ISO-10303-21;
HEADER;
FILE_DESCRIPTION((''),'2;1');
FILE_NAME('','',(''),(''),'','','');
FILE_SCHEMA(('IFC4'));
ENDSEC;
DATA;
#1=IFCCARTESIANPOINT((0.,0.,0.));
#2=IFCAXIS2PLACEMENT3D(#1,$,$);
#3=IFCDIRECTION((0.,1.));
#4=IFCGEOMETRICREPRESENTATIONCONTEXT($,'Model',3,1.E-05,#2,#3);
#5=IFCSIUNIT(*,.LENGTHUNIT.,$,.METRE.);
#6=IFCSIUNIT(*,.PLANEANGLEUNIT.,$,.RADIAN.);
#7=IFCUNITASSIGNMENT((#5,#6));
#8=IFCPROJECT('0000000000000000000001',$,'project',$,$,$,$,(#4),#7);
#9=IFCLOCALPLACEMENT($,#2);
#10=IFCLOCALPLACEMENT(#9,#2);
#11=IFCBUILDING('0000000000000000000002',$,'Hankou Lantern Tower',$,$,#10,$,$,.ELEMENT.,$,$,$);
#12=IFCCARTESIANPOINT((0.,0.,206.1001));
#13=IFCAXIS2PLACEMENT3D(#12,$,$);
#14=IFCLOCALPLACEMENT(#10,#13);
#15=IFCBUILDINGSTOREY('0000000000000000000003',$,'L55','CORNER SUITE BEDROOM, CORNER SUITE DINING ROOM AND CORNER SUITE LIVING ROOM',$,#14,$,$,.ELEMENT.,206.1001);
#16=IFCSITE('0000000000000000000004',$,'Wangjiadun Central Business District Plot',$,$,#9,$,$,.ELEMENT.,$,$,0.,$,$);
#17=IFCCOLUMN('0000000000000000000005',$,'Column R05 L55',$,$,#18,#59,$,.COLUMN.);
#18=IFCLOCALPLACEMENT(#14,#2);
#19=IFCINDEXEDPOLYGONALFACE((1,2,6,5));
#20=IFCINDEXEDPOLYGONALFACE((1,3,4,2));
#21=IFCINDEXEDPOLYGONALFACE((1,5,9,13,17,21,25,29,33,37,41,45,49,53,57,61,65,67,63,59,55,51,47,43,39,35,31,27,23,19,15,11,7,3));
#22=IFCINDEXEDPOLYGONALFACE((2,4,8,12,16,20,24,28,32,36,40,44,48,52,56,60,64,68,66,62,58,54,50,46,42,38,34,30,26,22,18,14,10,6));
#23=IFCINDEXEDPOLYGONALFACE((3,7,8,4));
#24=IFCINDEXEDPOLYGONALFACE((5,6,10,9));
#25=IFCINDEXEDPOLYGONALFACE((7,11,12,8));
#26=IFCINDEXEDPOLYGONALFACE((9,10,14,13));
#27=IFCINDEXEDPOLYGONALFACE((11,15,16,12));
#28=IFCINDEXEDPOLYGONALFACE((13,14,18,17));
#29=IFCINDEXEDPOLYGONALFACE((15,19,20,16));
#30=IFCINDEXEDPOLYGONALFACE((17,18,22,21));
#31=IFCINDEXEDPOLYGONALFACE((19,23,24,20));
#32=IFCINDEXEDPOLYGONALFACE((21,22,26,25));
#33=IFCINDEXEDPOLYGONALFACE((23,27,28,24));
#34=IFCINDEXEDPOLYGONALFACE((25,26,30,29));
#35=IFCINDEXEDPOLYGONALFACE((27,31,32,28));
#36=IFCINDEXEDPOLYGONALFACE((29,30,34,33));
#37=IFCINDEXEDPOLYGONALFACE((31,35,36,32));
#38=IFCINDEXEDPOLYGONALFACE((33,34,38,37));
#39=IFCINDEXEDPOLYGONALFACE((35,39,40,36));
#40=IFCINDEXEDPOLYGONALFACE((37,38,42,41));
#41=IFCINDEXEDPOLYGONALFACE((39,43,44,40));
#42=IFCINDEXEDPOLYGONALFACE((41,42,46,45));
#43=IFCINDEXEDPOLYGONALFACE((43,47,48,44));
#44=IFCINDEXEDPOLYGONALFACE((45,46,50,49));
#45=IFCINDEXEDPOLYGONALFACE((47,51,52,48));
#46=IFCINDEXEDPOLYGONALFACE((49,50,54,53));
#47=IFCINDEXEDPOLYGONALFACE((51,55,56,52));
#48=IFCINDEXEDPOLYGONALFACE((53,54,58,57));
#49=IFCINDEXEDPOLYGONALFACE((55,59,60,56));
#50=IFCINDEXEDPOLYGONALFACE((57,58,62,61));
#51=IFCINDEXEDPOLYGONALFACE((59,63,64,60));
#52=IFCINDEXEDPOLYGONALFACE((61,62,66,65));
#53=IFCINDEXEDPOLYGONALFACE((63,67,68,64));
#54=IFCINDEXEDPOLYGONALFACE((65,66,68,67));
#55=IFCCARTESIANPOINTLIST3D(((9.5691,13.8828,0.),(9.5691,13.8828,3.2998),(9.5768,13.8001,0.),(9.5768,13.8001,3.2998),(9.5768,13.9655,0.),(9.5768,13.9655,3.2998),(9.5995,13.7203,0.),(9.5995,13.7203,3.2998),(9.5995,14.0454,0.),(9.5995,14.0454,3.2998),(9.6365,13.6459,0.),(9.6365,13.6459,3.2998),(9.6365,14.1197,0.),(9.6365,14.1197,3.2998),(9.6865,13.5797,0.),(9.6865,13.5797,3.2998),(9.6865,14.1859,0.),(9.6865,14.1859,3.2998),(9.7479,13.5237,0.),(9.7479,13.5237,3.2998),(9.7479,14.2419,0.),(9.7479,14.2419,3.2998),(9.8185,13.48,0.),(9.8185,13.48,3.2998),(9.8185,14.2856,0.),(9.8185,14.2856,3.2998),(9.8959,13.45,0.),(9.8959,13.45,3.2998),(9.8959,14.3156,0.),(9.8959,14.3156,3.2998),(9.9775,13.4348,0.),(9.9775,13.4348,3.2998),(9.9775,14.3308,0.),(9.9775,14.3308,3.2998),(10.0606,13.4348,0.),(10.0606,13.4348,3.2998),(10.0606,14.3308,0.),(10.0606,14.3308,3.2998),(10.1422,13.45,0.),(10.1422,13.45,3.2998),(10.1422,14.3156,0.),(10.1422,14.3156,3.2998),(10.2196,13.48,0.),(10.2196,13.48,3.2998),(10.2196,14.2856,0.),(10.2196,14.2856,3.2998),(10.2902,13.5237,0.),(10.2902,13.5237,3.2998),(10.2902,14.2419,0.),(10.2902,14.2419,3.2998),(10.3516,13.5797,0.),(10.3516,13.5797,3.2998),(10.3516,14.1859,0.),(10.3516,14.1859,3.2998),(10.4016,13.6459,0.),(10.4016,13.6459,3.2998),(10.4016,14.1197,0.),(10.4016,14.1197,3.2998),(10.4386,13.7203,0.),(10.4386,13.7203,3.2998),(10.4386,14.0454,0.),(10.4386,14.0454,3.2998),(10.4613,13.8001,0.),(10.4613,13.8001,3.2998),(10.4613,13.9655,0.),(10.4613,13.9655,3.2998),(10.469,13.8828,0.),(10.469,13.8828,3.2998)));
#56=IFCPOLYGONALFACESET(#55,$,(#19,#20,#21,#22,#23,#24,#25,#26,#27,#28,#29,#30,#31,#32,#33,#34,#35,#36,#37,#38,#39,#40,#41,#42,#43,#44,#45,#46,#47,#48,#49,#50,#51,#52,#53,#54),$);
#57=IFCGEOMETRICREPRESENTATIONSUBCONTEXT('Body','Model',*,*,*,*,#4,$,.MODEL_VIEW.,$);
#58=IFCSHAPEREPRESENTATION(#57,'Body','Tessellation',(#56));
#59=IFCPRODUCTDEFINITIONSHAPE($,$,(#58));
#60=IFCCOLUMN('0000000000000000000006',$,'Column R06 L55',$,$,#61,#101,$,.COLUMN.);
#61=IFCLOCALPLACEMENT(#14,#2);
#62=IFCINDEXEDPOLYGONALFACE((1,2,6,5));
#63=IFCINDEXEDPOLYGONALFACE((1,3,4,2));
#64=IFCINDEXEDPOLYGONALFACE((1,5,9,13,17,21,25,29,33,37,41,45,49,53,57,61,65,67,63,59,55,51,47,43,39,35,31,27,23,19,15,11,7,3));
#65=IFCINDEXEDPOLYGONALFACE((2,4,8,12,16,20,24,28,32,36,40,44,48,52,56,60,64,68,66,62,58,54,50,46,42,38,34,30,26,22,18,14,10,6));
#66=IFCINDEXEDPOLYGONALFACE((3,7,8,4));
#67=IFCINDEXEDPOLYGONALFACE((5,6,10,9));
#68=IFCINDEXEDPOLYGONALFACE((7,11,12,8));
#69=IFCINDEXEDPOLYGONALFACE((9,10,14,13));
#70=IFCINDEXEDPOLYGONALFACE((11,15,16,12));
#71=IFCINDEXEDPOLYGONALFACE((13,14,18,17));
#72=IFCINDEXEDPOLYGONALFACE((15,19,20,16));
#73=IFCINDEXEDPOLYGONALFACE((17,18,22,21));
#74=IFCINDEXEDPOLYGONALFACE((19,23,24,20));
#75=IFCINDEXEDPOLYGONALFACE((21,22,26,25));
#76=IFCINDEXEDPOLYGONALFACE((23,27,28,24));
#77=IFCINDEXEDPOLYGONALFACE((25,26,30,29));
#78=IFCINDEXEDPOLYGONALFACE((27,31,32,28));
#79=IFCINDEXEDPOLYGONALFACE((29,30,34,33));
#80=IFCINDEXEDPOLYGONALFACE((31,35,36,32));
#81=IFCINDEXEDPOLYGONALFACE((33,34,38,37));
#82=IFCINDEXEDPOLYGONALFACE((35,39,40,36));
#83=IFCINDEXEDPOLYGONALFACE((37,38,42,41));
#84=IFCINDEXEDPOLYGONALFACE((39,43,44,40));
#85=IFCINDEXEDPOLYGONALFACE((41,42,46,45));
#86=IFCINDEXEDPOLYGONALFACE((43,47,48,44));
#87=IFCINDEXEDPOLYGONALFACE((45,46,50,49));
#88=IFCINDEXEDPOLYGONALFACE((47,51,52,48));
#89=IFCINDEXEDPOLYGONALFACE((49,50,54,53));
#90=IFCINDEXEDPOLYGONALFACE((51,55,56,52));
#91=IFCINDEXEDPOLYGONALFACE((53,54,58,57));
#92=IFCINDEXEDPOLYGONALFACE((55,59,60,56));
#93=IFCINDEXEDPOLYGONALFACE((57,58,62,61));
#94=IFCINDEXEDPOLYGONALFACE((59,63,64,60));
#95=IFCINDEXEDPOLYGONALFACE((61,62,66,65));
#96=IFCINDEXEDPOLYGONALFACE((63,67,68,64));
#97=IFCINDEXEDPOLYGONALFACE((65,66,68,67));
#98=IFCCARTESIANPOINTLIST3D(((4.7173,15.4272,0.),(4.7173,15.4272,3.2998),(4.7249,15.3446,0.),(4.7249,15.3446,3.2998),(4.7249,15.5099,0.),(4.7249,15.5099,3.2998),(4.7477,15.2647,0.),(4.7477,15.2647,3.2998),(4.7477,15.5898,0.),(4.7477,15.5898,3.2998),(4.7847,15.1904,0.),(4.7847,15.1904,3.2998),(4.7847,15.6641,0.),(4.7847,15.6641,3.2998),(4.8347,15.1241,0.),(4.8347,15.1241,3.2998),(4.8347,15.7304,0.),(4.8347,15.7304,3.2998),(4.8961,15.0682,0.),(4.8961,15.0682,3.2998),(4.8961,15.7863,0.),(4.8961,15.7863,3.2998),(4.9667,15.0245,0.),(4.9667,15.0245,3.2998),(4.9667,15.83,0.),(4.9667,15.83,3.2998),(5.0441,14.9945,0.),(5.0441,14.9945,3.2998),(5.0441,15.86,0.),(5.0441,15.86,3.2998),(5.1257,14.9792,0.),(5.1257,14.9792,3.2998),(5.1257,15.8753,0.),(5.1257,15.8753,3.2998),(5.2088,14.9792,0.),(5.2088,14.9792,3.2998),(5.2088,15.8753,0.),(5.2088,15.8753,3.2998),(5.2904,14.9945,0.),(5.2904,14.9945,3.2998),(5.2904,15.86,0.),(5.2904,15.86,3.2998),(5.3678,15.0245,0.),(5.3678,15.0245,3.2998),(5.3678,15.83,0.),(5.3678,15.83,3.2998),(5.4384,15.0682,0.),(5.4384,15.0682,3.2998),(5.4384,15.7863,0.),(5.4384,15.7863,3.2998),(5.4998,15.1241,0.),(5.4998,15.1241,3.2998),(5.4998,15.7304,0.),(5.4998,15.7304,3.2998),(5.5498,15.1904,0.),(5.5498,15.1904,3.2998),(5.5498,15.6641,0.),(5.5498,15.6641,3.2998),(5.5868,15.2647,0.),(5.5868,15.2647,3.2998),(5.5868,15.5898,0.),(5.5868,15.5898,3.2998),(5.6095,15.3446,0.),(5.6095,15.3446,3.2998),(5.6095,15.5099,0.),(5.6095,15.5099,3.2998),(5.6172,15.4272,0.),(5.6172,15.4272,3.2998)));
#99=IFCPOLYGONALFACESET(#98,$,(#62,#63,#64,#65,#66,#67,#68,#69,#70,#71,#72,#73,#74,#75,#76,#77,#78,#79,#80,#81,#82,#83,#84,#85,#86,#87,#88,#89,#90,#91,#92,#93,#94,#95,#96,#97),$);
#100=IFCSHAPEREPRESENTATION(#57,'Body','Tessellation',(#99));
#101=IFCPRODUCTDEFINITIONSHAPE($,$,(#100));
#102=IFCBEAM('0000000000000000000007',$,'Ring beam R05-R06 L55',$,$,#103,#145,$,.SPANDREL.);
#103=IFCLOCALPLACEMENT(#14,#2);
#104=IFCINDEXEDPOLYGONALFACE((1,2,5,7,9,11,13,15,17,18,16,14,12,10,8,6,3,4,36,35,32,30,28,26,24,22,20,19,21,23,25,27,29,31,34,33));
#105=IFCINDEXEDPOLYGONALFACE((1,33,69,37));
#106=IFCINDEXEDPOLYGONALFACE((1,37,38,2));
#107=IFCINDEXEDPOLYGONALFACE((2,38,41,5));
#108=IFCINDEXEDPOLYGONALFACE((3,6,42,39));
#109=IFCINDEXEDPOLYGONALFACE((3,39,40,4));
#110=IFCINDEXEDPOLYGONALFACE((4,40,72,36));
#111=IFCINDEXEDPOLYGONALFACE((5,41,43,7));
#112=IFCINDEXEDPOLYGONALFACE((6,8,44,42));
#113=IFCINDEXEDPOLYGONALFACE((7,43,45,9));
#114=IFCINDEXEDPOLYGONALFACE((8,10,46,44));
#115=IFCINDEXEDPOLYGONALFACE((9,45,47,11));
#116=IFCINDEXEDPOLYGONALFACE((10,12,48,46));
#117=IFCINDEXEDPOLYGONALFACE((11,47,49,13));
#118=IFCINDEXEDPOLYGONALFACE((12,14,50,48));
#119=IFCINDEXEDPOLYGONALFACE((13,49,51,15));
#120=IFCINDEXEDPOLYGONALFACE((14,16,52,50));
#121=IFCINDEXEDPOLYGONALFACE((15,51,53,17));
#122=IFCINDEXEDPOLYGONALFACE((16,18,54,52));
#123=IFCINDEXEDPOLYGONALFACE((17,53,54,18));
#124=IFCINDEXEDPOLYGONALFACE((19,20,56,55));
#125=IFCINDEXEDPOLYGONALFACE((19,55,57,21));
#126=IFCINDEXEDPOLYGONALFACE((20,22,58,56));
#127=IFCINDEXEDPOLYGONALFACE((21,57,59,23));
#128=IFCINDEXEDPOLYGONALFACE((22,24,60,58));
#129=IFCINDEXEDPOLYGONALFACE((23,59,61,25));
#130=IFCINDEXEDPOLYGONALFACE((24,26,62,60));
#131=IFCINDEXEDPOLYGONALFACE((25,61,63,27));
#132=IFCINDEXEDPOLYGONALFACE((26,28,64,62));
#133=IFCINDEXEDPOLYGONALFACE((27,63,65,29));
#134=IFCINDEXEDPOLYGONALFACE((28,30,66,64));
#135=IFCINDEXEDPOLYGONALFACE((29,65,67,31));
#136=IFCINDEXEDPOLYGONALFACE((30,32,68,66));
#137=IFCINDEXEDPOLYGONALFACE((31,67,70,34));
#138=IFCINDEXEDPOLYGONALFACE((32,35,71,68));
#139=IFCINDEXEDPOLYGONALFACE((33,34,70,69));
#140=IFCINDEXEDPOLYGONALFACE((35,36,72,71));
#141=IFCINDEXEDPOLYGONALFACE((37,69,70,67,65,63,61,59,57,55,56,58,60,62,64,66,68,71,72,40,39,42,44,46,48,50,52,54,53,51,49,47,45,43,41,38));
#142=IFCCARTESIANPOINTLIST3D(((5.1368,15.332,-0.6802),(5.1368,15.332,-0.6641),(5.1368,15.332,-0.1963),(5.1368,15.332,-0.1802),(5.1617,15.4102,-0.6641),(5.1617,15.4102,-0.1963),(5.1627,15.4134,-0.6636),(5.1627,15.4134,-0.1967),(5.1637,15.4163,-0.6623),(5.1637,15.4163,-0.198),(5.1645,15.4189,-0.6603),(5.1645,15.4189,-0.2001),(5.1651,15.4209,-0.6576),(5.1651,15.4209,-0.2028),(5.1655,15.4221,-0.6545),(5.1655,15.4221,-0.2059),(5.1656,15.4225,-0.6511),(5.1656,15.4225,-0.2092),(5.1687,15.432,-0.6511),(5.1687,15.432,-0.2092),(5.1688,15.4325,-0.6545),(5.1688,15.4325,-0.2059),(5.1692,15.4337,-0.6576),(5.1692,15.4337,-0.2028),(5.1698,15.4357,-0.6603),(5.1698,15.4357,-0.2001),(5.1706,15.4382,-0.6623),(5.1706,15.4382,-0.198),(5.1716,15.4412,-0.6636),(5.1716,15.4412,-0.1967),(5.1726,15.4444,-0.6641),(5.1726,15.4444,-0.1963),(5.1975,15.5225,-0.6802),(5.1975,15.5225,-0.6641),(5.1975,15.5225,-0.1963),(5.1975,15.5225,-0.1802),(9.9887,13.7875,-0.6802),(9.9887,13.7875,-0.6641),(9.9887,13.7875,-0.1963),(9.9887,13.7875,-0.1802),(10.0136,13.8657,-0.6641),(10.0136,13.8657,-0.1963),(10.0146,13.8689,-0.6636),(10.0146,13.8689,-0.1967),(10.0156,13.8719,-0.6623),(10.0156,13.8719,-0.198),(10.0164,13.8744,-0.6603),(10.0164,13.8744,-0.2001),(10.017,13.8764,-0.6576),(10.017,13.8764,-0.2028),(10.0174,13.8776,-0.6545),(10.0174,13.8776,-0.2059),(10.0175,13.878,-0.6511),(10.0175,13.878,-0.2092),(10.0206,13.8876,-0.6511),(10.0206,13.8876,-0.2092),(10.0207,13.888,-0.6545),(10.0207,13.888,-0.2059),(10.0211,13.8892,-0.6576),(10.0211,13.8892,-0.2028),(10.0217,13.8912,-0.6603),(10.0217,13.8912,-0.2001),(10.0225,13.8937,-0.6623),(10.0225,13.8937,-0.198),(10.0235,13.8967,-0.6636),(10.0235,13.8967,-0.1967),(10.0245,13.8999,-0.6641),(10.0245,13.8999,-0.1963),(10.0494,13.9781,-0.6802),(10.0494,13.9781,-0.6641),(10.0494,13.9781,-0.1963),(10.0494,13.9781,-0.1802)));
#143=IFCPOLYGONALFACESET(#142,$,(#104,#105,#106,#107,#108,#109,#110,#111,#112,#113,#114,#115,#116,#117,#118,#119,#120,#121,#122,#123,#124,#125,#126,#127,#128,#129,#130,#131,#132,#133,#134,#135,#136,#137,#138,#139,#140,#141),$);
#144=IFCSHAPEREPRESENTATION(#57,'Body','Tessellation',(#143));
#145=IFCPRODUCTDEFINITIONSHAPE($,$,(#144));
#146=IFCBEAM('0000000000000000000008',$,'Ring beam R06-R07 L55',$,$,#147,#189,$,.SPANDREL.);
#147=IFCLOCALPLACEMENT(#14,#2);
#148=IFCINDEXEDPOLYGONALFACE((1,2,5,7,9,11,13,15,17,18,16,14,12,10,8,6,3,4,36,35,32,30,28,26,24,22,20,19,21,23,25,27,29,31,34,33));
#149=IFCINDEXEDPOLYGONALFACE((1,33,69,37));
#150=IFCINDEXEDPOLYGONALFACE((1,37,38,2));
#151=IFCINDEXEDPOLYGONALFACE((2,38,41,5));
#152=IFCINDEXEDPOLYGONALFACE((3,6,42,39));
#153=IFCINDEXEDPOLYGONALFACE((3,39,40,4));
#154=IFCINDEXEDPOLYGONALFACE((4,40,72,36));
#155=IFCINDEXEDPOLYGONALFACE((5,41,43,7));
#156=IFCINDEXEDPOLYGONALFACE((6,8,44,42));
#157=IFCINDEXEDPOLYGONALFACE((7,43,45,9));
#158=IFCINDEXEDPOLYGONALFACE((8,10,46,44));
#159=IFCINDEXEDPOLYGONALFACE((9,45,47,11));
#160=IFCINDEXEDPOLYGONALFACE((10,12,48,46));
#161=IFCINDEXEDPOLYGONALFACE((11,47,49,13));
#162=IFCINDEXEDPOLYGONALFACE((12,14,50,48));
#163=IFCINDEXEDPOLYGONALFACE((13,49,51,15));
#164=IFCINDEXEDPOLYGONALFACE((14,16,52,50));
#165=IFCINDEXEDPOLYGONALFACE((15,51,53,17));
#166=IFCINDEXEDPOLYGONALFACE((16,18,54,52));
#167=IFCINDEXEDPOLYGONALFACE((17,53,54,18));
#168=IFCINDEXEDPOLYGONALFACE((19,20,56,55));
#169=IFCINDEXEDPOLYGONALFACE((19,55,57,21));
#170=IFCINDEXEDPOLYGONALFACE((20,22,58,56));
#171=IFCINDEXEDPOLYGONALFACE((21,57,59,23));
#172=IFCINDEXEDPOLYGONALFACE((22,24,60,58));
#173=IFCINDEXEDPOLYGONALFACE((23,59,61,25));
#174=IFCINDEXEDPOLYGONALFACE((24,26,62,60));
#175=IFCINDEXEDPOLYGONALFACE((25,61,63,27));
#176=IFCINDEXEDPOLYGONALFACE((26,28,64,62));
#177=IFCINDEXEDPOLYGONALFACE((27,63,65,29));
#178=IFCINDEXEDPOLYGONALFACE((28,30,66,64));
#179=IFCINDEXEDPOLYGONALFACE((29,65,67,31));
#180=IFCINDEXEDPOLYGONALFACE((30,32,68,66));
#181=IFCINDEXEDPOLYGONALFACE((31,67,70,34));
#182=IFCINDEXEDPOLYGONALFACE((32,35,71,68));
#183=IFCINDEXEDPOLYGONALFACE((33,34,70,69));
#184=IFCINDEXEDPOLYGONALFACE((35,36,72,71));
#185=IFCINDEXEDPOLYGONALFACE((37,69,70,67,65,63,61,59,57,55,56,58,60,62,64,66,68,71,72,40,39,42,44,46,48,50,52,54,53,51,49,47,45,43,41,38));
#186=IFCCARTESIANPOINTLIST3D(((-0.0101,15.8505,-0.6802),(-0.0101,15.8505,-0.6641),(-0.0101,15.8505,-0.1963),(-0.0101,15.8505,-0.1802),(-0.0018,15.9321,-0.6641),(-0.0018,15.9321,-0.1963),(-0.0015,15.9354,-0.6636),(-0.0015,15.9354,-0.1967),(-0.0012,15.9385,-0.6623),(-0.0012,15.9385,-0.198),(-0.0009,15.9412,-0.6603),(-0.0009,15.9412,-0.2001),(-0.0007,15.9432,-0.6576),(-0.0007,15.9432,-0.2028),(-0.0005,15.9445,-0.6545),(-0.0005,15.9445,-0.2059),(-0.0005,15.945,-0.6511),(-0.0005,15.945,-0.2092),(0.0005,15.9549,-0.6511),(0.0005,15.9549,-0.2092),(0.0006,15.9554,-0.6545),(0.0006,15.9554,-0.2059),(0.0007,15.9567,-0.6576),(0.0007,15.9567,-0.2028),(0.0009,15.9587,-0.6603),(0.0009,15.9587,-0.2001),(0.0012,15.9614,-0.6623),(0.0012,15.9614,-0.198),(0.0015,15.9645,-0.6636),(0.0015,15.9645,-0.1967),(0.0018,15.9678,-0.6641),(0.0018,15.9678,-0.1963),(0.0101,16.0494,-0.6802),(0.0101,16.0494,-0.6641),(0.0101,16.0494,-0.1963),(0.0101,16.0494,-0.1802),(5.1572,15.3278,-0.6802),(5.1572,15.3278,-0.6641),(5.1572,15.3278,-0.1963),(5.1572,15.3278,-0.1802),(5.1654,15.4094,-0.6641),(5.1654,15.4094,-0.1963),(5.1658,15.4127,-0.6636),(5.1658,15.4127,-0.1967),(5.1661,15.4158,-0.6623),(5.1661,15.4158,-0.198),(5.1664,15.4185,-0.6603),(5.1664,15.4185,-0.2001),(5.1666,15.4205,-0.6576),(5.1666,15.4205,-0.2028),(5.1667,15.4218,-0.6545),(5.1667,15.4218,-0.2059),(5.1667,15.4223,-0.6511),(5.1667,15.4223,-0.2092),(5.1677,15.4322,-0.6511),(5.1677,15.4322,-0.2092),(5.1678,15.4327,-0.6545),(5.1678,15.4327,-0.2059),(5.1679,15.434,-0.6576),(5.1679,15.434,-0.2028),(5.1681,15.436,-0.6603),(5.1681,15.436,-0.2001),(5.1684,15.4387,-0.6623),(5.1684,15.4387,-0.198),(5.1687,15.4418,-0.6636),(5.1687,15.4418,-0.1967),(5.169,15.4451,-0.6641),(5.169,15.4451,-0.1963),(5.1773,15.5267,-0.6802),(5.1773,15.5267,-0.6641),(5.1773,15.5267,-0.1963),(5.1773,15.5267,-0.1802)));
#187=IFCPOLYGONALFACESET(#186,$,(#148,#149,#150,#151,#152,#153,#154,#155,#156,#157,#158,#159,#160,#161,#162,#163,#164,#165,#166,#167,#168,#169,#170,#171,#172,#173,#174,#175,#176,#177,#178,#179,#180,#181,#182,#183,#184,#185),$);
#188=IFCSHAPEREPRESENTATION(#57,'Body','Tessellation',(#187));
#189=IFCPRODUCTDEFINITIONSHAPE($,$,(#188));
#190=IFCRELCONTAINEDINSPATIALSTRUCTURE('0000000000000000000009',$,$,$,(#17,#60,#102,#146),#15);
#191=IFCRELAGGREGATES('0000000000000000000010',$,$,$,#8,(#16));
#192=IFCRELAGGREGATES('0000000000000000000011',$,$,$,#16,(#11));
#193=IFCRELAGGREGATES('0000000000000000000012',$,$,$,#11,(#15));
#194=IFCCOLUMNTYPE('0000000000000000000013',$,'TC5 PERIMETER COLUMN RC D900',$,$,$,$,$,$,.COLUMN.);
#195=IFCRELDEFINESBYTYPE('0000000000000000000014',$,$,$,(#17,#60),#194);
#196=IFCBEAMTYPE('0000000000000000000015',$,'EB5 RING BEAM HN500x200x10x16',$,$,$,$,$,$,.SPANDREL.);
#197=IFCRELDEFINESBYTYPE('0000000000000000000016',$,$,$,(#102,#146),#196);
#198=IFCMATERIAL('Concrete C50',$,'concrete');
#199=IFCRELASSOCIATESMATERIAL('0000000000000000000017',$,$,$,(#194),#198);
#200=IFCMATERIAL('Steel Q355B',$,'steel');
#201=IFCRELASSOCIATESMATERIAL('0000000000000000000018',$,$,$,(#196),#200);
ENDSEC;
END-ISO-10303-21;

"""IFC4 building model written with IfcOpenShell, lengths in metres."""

from ifc_helpers import new_model, si_unit, direction, frame, origin, origin_2d, place, context, subcontext, project, spatial, circle, i_section, extrude, material, material_profile, profile_set, type_object, element, save


model = new_model("IFC4")

# Units and contexts
model_context = context("Model", 3, precision=1e-05, world=origin(), true_north=direction((0.0, 1.0)))
body_context = subcontext(model_context, "Body", "Model", "MODEL_VIEW")
ifc_project = project(units=[si_unit("LENGTHUNIT", "METRE"), si_unit("PLANEANGLEUNIT", "RADIAN")], contexts=[model_context])

# Site, building, storey
site_placement = place(None, origin())
site = spatial("IfcSite", under=ifc_project, at=site_placement, Name="Wangjiadun Central Business District Plot", CompositionType="ELEMENT", RefElevation=0.0)
building_placement = place(site_placement, origin())
building = spatial("IfcBuilding", under=site, at=building_placement, Name="Hankou Lantern Tower", CompositionType="ELEMENT")
storey_placement = place(building_placement, frame((0.0, 0.0, 206.1001)))
storey = spatial("IfcBuildingStorey", under=building, at=storey_placement, Name="L55", Description="CORNER SUITE BEDROOM, CORNER SUITE DINING ROOM AND CORNER SUITE LIVING ROOM", CompositionType="ELEMENT", Elevation=206.1001)

# Columns
ifc_material_1 = material(Name="Concrete C50", Category="concrete")
ifc_material_profile_1 = material_profile(ifc_material_1, circle(Radius=0.45, at=origin_2d()), Name="RC D900")
ifc_profile_set_1 = profile_set([ifc_material_profile_1], Name="Concrete C50")
column_type = type_object("IfcColumnType", Name="TC5 PERIMETER COLUMN RC D900", PredefinedType="COLUMN", material=ifc_profile_set_1)
for number, where, z_axis, x_axis, name in (
    (1, (10.019, 13.8828, 0.0), (0.0, 0.0, 1.0), (1.0, 0.0, 0.0), "Column R05 L55"),
    (2, (5.1672, 15.4272, 0.0), (0.0, 0.0, 1.0), (1.0, 0.0, 0.0), "Column R06 L55"),
):
    element("IfcColumn", number, at=place(storey_placement, frame(where, z_axis=z_axis, x_axis=x_axis)), inside=storey, type_object=column_type, Name=name, PredefinedType="COLUMN", context=body_context, shape_type="SweptSolid", body=[
        extrude(circle(Radius=0.45, at=origin_2d()), origin(), (0.0, 0.0, 1.0), 3.2998),
    ])

# Beams
ifc_material_2 = material(Name="Steel Q355B", Category="steel")
ifc_material_profile_2 = material_profile(ifc_material_2, i_section(OverallWidth=0.2, OverallDepth=0.5, WebThickness=0.01, FlangeThickness=0.0161, FilletRadius=0.0129, at=origin_2d()), Name="HN500x200x10x16")
ifc_profile_set_2 = profile_set([ifc_material_profile_2], Name="Steel Q355B")
beam_type_1 = type_object("IfcBeamType", Name="EB5 RING BEAM HN500x200x10x16", PredefinedType="SPANDREL", material=ifc_profile_set_2)
beam_1_placement = place(storey_placement, frame((10.019, 13.8828, -0.4302), z_axis=(-0.952887, 0.303324, 0.0), x_axis=(-0.303324, -0.952887, 0.0)))
element("IfcBeam", 3, at=beam_1_placement, inside=storey, type_object=beam_type_1, Name="Ring beam R05-R06 L55", PredefinedType="SPANDREL", context=body_context, shape_type="SweptSolid", body=[
    extrude(i_section(OverallWidth=0.2, OverallDepth=0.5, WebThickness=0.01, FlangeThickness=0.0161, FilletRadius=0.0129, at=origin_2d()), origin(), (0.0, 0.0, 1.0), 5.0918),
])
beam_2_placement = place(storey_placement, frame((5.1672, 15.4272, -0.4302), z_axis=(-0.994923, 0.100644, 0.0), x_axis=(-0.100644, -0.994923, 0.0)))
element("IfcBeam", 4, at=beam_2_placement, inside=storey, type_object=beam_type_1, Name="Ring beam R06-R07 L55", PredefinedType="SPANDREL", context=body_context, shape_type="SweptSolid", body=[
    extrude(i_section(OverallWidth=0.2, OverallDepth=0.5, WebThickness=0.01, FlangeThickness=0.0161, FilletRadius=0.0129, at=origin_2d()), origin(), (0.0, 0.0, 1.0), 5.1936),
])

save(model, "model.ifc")
